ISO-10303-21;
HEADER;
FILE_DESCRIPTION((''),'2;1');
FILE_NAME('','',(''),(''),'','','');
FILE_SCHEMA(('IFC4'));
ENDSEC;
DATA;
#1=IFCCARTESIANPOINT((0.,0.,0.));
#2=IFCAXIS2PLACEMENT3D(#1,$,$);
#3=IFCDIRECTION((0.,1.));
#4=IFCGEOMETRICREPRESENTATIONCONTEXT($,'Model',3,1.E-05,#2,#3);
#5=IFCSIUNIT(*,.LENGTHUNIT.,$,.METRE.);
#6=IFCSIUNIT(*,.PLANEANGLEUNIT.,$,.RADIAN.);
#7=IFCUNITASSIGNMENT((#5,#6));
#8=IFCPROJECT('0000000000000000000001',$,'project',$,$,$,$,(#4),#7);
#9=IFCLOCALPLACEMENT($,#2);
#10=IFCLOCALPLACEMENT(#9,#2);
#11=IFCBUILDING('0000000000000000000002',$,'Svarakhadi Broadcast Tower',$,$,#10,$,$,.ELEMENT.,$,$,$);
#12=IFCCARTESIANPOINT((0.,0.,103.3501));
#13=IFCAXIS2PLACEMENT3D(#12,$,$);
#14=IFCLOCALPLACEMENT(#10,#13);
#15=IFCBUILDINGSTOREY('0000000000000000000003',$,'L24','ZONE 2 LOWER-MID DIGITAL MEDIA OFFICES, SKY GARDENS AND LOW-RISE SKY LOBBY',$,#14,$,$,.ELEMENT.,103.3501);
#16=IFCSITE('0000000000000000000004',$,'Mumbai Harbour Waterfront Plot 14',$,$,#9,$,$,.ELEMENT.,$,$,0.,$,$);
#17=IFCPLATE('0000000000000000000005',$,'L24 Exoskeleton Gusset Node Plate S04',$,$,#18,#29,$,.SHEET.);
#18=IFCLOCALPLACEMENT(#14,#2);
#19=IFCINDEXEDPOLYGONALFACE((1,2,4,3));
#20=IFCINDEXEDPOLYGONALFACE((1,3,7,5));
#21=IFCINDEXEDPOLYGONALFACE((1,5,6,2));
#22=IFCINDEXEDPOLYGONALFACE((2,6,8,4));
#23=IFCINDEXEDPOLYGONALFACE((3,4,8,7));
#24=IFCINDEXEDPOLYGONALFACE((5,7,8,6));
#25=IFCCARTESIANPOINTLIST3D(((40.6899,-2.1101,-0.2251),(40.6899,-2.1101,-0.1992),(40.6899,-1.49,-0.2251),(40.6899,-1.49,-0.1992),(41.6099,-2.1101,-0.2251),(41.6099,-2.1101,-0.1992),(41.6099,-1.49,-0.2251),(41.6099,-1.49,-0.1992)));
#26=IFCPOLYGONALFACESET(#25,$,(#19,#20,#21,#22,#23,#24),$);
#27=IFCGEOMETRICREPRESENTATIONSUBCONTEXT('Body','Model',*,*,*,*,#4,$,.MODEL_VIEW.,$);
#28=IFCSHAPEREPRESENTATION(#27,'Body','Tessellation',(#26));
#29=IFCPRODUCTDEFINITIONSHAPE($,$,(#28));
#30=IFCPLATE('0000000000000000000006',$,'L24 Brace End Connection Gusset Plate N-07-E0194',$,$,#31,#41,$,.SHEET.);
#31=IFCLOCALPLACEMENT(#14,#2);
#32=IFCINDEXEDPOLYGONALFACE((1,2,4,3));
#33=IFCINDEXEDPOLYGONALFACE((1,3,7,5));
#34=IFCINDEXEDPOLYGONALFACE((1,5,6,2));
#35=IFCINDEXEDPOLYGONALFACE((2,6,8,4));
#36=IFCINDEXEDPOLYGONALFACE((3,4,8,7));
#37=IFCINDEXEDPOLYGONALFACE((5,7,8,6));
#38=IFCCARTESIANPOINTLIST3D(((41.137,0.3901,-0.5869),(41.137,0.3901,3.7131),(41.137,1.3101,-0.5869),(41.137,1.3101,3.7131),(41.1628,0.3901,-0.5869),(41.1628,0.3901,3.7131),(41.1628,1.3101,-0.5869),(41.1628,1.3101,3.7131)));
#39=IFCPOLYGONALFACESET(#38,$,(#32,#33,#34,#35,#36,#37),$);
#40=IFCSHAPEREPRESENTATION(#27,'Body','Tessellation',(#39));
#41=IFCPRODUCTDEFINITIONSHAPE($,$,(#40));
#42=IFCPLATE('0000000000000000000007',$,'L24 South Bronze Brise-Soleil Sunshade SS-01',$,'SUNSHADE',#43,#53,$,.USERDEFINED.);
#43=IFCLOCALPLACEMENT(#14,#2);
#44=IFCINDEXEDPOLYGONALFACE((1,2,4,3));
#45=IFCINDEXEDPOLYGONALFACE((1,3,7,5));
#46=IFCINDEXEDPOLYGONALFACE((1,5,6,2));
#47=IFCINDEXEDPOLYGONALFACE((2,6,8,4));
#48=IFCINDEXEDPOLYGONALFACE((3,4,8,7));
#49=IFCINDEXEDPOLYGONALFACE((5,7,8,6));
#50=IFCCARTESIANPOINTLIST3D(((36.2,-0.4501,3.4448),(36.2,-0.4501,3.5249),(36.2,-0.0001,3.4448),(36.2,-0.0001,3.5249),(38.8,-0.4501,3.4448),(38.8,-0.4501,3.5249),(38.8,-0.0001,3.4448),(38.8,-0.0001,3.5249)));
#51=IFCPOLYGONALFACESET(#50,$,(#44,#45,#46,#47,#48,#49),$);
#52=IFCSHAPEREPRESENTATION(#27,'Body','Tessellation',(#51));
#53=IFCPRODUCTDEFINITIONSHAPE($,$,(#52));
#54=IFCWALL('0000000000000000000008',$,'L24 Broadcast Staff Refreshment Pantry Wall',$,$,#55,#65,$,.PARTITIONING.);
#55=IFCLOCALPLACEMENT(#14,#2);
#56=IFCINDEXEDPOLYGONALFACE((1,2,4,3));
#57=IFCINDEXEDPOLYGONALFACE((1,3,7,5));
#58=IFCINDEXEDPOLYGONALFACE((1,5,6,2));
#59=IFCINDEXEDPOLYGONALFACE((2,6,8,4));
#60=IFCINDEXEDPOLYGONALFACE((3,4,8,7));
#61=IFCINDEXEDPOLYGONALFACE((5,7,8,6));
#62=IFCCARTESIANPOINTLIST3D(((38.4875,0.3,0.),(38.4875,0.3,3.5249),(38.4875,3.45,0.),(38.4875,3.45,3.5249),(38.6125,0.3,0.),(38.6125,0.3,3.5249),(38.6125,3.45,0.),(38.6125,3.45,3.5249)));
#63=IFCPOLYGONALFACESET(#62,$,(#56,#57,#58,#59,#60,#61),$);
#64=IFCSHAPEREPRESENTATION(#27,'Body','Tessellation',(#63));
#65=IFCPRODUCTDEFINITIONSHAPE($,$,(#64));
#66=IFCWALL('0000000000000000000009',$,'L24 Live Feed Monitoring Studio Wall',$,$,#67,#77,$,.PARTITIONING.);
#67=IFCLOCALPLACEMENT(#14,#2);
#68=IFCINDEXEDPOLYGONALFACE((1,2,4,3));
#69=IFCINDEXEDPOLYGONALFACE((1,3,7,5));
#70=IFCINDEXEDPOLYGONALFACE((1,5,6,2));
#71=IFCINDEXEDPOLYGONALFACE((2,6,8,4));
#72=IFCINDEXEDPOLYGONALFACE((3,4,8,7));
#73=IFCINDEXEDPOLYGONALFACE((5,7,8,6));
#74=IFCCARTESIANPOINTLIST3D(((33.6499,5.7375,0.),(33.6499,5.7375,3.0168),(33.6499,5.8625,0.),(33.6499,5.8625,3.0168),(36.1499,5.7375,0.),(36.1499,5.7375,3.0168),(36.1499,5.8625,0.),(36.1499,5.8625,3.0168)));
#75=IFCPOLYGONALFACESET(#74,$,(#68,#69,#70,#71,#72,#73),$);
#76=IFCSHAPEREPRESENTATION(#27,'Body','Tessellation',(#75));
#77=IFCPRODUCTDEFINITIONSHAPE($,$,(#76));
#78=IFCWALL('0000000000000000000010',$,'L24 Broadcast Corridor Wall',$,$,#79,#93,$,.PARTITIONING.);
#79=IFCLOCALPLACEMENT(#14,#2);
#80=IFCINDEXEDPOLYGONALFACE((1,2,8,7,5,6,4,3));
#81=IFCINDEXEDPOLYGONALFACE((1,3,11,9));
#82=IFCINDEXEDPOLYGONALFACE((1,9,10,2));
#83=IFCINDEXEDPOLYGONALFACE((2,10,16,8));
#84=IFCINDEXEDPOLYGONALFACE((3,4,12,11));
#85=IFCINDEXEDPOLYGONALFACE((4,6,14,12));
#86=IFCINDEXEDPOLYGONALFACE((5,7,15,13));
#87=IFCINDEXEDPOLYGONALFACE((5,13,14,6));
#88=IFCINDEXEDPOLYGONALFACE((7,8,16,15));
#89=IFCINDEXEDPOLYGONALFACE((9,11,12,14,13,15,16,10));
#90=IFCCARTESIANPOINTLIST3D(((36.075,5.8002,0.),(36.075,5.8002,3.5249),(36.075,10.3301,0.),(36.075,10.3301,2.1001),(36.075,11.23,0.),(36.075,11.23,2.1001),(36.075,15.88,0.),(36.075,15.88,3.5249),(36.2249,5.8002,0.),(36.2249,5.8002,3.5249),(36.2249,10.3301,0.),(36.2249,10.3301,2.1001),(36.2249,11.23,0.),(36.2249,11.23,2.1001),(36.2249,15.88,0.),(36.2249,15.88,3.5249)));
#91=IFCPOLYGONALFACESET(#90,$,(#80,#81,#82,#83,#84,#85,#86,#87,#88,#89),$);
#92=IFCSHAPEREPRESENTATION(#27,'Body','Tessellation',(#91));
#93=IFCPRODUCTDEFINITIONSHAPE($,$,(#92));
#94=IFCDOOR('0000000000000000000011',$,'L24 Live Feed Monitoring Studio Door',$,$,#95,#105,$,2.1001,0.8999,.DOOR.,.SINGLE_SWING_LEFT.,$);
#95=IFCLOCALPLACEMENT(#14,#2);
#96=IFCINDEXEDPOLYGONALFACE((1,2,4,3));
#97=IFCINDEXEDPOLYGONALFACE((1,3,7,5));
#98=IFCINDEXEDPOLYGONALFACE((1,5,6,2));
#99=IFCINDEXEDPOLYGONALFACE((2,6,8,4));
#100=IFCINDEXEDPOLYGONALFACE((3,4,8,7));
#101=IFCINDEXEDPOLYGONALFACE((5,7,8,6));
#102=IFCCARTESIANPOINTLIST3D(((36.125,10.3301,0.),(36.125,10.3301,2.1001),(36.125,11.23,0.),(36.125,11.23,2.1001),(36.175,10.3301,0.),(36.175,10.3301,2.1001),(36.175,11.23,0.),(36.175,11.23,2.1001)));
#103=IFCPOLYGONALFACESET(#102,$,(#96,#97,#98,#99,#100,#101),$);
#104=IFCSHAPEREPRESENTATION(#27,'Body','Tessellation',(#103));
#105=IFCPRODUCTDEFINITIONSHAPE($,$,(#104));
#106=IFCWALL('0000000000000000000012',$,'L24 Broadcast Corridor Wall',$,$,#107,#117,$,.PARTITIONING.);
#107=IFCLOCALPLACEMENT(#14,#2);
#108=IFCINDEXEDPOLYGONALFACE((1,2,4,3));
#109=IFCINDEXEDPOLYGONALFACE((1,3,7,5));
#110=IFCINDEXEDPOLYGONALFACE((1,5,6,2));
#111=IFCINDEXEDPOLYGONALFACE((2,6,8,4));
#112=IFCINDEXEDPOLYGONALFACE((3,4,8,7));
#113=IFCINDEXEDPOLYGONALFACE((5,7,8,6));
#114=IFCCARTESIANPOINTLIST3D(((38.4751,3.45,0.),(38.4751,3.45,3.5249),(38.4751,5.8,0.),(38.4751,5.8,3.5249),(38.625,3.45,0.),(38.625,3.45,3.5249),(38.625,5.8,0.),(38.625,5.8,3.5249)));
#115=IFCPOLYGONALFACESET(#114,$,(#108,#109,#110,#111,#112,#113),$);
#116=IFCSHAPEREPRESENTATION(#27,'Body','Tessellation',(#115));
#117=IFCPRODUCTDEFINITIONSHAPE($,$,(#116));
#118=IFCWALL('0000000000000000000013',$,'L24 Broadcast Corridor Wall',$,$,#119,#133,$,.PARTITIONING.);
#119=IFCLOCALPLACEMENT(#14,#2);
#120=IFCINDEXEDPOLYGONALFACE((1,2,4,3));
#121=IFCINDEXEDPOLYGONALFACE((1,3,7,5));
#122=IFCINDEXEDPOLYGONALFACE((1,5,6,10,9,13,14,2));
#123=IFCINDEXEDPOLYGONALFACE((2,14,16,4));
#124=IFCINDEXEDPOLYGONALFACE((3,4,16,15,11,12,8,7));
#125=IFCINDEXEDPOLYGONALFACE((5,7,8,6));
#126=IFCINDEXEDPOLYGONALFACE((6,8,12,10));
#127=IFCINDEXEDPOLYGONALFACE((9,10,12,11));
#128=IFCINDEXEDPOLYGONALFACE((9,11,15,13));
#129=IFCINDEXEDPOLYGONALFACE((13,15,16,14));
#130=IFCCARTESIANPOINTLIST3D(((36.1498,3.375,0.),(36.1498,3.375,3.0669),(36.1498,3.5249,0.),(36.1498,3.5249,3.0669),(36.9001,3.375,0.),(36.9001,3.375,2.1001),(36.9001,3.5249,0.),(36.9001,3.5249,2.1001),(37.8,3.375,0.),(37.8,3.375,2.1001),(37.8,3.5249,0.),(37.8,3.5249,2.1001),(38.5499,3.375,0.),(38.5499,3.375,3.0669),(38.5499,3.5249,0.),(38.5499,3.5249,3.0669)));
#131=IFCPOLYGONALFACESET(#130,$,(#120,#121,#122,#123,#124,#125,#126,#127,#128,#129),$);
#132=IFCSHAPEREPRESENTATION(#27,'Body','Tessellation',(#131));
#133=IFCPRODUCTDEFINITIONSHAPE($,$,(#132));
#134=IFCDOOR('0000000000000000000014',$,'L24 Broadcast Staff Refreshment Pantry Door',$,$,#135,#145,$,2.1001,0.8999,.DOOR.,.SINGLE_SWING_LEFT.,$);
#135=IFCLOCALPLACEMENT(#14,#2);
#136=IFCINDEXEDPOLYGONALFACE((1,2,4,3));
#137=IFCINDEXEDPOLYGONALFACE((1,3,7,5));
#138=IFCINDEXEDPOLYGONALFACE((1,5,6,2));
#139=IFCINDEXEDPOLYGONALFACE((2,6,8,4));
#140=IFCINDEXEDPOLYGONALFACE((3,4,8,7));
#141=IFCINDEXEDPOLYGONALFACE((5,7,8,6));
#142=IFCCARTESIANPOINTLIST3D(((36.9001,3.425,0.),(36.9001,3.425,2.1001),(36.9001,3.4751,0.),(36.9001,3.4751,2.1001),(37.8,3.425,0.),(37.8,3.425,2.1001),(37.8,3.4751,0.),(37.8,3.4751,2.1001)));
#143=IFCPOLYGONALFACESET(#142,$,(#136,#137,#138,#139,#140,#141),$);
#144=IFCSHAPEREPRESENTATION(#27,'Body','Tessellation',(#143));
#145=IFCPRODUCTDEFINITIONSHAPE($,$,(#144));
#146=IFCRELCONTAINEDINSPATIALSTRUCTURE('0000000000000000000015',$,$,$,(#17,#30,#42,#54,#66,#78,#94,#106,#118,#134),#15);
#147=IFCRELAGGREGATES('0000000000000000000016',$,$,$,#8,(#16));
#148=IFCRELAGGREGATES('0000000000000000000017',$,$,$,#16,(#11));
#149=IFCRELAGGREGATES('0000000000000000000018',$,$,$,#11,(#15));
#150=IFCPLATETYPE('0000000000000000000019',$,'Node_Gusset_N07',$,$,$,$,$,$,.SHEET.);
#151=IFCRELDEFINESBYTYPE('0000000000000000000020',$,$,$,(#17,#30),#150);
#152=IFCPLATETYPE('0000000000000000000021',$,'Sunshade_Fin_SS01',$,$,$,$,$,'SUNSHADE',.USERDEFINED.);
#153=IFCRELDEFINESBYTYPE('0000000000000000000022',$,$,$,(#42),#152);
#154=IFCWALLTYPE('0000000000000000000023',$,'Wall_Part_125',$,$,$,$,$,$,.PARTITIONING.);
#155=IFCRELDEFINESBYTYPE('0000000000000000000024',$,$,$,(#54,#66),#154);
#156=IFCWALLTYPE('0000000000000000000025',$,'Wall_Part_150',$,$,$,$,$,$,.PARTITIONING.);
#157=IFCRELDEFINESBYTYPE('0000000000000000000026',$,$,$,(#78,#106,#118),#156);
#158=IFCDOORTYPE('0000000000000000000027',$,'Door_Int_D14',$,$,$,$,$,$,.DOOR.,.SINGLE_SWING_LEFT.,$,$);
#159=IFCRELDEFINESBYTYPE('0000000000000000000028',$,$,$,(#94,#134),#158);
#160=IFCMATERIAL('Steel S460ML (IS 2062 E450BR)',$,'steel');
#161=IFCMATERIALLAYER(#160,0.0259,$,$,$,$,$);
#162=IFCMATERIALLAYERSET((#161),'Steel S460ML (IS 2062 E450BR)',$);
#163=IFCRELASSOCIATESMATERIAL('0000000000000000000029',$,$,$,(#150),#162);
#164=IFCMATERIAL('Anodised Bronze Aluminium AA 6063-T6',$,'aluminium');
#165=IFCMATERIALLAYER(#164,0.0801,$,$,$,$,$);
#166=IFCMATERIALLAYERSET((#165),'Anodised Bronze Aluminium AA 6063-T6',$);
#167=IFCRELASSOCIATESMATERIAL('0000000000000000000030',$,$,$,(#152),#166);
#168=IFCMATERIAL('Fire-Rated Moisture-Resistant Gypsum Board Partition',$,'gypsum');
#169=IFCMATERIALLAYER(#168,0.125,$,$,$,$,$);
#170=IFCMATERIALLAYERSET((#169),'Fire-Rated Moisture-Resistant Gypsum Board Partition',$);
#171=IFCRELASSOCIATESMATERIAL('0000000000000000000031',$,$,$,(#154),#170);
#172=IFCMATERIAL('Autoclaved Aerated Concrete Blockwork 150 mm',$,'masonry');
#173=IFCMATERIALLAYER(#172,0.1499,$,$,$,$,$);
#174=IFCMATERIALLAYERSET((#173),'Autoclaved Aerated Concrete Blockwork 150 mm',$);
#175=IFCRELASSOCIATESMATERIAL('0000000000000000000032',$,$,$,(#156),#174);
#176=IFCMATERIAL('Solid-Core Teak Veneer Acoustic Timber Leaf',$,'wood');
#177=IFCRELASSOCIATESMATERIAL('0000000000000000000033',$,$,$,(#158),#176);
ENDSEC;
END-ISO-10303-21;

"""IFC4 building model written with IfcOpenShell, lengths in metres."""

from ifc_helpers import new_model, si_unit, direction, frame, frame_2d, origin, origin_2d, place, context, subcontext, project, spatial, rectangle, extrude, material, layer, layer_set, type_object, element, fill, save


model = new_model("IFC4")

# Units and contexts
model_context = context("Model", 3, precision=1e-05, world=origin(), true_north=direction((0.0, 1.0)))
body_context = subcontext(model_context, "Body", "Model", "MODEL_VIEW")
ifc_project = project(units=[si_unit("LENGTHUNIT", "METRE"), si_unit("PLANEANGLEUNIT", "RADIAN")], contexts=[model_context])

# Site, building, storey
site_placement = place(None, origin())
site = spatial("IfcSite", under=ifc_project, at=site_placement, Name="Mumbai Harbour Waterfront Plot 14", CompositionType="ELEMENT", RefElevation=0.0)
building_placement = place(site_placement, origin())
building = spatial("IfcBuilding", under=site, at=building_placement, Name="Svarakhadi Broadcast Tower", CompositionType="ELEMENT")
storey_placement = place(building_placement, frame((0.0, 0.0, 103.3501)))
storey = spatial("IfcBuildingStorey", under=building, at=storey_placement, Name="L24", Description="ZONE 2 LOWER-MID DIGITAL MEDIA OFFICES, SKY GARDENS AND LOW-RISE SKY LOBBY", CompositionType="ELEMENT", Elevation=103.3501)

# Shared definitions
ifc_material_1 = material(Name="Steel S460ML (IS 2062 E450BR)", Category="steel")

# Plates
ifc_layer_1 = layer(ifc_material_1, 0.0259)
ifc_layer_set_1 = layer_set([ifc_layer_1], Name="Steel S460ML (IS 2062 E450BR)")
plate_type_1 = type_object("IfcPlateType", Name="Node_Gusset_N07", PredefinedType="SHEET", material=ifc_layer_set_1)
plate_1_placement = place(storey_placement, frame((41.1499, -1.8, -0.2251), z_axis=(0.0, 0.0, 1.0), x_axis=(1.0, 0.0, 0.0)))
element("IfcPlate", 1, at=plate_1_placement, inside=storey, type_object=plate_type_1, Name="L24 Exoskeleton Gusset Node Plate S04", PredefinedType="SHEET", context=body_context, shape_type="SweptSolid", body=[
    extrude(rectangle(XDim=0.9199, YDim=0.6201, at=origin_2d()), origin(), (0.0, 0.0, 1.0), 0.0259),
])
plate_2_placement = place(storey_placement, frame((41.1499, 0.8501, -0.5869), z_axis=(0.0, 0.0, 1.0), x_axis=(0.0, 1.0, 0.0)))
element("IfcPlate", 2, at=plate_2_placement, inside=storey, type_object=plate_type_1, Name="L24 Brace End Connection Gusset Plate N-07-E0194", PredefinedType="SHEET", context=body_context, shape_type="SweptSolid", body=[
    extrude(rectangle(XDim=0.9199, YDim=0.0259, at=origin_2d()), origin(), (0.0, 0.0, 1.0), 4.3),
])
ifc_material_2 = material(Name="Anodised Bronze Aluminium AA 6063-T6", Category="aluminium")
ifc_layer_2 = layer(ifc_material_2, 0.0801)
ifc_layer_set_2 = layer_set([ifc_layer_2], Name="Anodised Bronze Aluminium AA 6063-T6")
plate_type_2 = type_object("IfcPlateType", Name="Sunshade_Fin_SS01", ElementType="SUNSHADE", PredefinedType="USERDEFINED", material=ifc_layer_set_2)
plate_3_placement = place(storey_placement, frame((37.5, -0.2251, 3.4448), z_axis=(0.0, 0.0, 1.0), x_axis=(1.0, 0.0, 0.0)))
element("IfcPlate", 3, at=plate_3_placement, inside=storey, type_object=plate_type_2, Name="L24 South Bronze Brise-Soleil Sunshade SS-01", ObjectType="SUNSHADE", PredefinedType="USERDEFINED", context=body_context, shape_type="SweptSolid", body=[
    extrude(rectangle(XDim=2.6001, YDim=0.45, at=origin_2d()), origin(), (0.0, 0.0, 1.0), 0.0801),
])

# Walls
ifc_material_3 = material(Name="Fire-Rated Moisture-Resistant Gypsum Board Partition", Category="gypsum")
ifc_layer_3 = layer(ifc_material_3, 0.125)
ifc_layer_set_3 = layer_set([ifc_layer_3], Name="Fire-Rated Moisture-Resistant Gypsum Board Partition")
wall_type_1 = type_object("IfcWallType", Name="Wall_Part_125", PredefinedType="PARTITIONING", material=ifc_layer_set_3)
wall_1_placement = place(storey_placement, frame((38.55, 0.3, 0.0), z_axis=(0.0, 0.0, 1.0), x_axis=(0.0, 1.0, 0.0)))
element("IfcWall", 4, at=wall_1_placement, inside=storey, type_object=wall_type_1, Name="L24 Broadcast Staff Refreshment Pantry Wall", PredefinedType="PARTITIONING", context=body_context, shape_type="SweptSolid", body=[
    extrude(rectangle(XDim=3.1499, YDim=0.125, at=frame_2d((1.575, 0.0))), origin(), (0.0, 0.0, 1.0), 3.5249),
])
wall_2_placement = place(storey_placement, frame((33.6499, 5.8, 0.0), z_axis=(0.0, 0.0, 1.0), x_axis=(1.0, 0.0, 0.0)))
element("IfcWall", 5, at=wall_2_placement, inside=storey, type_object=wall_type_1, Name="L24 Live Feed Monitoring Studio Wall", PredefinedType="PARTITIONING", context=body_context, shape_type="SweptSolid", body=[
    extrude(rectangle(XDim=2.5, YDim=0.125, at=frame_2d((1.25, 0.0))), origin(), (0.0, 0.0, 1.0), 3.0168),
])

# Wall, opening, door
ifc_material_4 = material(Name="Autoclaved Aerated Concrete Blockwork 150 mm", Category="masonry")
ifc_layer_4 = layer(ifc_material_4, 0.1499)
ifc_layer_set_4 = layer_set([ifc_layer_4], Name="Autoclaved Aerated Concrete Blockwork 150 mm")
wall_type_2 = type_object("IfcWallType", Name="Wall_Part_150", PredefinedType="PARTITIONING", material=ifc_layer_set_4)
wall_3_placement = place(storey_placement, frame((36.1499, 5.8, 0.0), z_axis=(0.0, 0.0, 1.0), x_axis=(0.0, 1.0, 0.0)))
wall_3 = element("IfcWall", 6, at=wall_3_placement, inside=storey, type_object=wall_type_2, Name="L24 Broadcast Corridor Wall", PredefinedType="PARTITIONING", context=body_context, shape_type="SweptSolid", body=[
    extrude(rectangle(XDim=10.0798, YDim=0.1499, at=frame_2d((5.04, 0.0))), origin(), (0.0, 0.0, 1.0), 3.5249),
])
opening_1_placement = place(wall_3_placement, frame((4.53, 0.0, 0.0)))
opening_1 = element("IfcOpeningElement", 7, at=opening_1_placement, cuts=wall_3, PredefinedType="OPENING", context=body_context, shape_type="SweptSolid", body=[
    extrude(rectangle(XDim=0.8999, YDim=2.1001, at=frame_2d((0.45, 1.05))), frame((0.0, 0.085, 0.0), z_axis=(0.0, -1.0, 0.0), x_axis=(1.0, 0.0, 0.0)), (0.0, 0.0, 1.0), 0.1699),
])
ifc_material_5 = material(Name="Solid-Core Teak Veneer Acoustic Timber Leaf", Category="wood")
door_type_1 = type_object("IfcDoorType", Name="Door_Int_D14", OperationType="SINGLE_SWING_LEFT", PredefinedType="DOOR", material=ifc_material_5)
door_1_placement = place(opening_1_placement, origin())
door_1 = element("IfcDoor", 8, at=door_1_placement, inside=storey, type_object=door_type_1, Name="L24 Live Feed Monitoring Studio Door", OperationType="SINGLE_SWING_LEFT", OverallHeight=2.1001, OverallWidth=0.8999, PredefinedType="DOOR", context=body_context, shape_type="SweptSolid", body=[
    extrude(rectangle(XDim=0.8999, YDim=2.1001, at=frame_2d((0.45, 1.05))), frame((0.0, 0.0249, 0.0), z_axis=(0.0, -1.0, 0.0), x_axis=(1.0, 0.0, 0.0)), (0.0, 0.0, 1.0), 0.05),
])
fill(opening_1, door_1)

# Wall
wall_4_placement = place(storey_placement, frame((38.55, 5.8, 0.0), z_axis=(0.0, 0.0, 1.0), x_axis=(0.0, -1.0, 0.0)))
element("IfcWall", 9, at=wall_4_placement, inside=storey, type_object=wall_type_2, Name="L24 Broadcast Corridor Wall", PredefinedType="PARTITIONING", context=body_context, shape_type="SweptSolid", body=[
    extrude(rectangle(XDim=2.3501, YDim=0.1499, at=frame_2d((1.175, 0.0))), origin(), (0.0, 0.0, 1.0), 3.5249),
])

# Wall, opening, door
wall_5_placement = place(storey_placement, frame((38.55, 3.45, 0.0), z_axis=(0.0, 0.0, 1.0), x_axis=(-1.0, 0.0, 0.0)))
wall_5 = element("IfcWall", 10, at=wall_5_placement, inside=storey, type_object=wall_type_2, Name="L24 Broadcast Corridor Wall", PredefinedType="PARTITIONING", context=body_context, shape_type="SweptSolid", body=[
    extrude(rectangle(XDim=2.4001, YDim=0.1499, at=frame_2d((1.2002, 0.0))), origin(), (0.0, 0.0, 1.0), 3.0669),
])
opening_2_placement = place(wall_5_placement, frame((0.75, 0.0, 0.0)))
opening_2 = element("IfcOpeningElement", 11, at=opening_2_placement, cuts=wall_5, PredefinedType="OPENING", context=body_context, shape_type="SweptSolid", body=[
    extrude(rectangle(XDim=0.8999, YDim=2.1001, at=frame_2d((0.45, 1.05))), frame((0.0, 0.085, 0.0), z_axis=(0.0, -1.0, 0.0), x_axis=(1.0, 0.0, 0.0)), (0.0, 0.0, 1.0), 0.1699),
])
door_2_placement = place(opening_2_placement, origin())
door_2 = element("IfcDoor", 12, at=door_2_placement, inside=storey, type_object=door_type_1, Name="L24 Broadcast Staff Refreshment Pantry Door", OperationType="SINGLE_SWING_LEFT", OverallHeight=2.1001, OverallWidth=0.8999, PredefinedType="DOOR", context=body_context, shape_type="SweptSolid", body=[
    extrude(rectangle(XDim=0.8999, YDim=2.1001, at=frame_2d((0.45, 1.05))), frame((0.0, 0.0249, 0.0), z_axis=(0.0, -1.0, 0.0), x_axis=(1.0, 0.0, 0.0)), (0.0, 0.0, 1.0), 0.05),
])
fill(opening_2, door_2)

save(model, "model.ifc")
